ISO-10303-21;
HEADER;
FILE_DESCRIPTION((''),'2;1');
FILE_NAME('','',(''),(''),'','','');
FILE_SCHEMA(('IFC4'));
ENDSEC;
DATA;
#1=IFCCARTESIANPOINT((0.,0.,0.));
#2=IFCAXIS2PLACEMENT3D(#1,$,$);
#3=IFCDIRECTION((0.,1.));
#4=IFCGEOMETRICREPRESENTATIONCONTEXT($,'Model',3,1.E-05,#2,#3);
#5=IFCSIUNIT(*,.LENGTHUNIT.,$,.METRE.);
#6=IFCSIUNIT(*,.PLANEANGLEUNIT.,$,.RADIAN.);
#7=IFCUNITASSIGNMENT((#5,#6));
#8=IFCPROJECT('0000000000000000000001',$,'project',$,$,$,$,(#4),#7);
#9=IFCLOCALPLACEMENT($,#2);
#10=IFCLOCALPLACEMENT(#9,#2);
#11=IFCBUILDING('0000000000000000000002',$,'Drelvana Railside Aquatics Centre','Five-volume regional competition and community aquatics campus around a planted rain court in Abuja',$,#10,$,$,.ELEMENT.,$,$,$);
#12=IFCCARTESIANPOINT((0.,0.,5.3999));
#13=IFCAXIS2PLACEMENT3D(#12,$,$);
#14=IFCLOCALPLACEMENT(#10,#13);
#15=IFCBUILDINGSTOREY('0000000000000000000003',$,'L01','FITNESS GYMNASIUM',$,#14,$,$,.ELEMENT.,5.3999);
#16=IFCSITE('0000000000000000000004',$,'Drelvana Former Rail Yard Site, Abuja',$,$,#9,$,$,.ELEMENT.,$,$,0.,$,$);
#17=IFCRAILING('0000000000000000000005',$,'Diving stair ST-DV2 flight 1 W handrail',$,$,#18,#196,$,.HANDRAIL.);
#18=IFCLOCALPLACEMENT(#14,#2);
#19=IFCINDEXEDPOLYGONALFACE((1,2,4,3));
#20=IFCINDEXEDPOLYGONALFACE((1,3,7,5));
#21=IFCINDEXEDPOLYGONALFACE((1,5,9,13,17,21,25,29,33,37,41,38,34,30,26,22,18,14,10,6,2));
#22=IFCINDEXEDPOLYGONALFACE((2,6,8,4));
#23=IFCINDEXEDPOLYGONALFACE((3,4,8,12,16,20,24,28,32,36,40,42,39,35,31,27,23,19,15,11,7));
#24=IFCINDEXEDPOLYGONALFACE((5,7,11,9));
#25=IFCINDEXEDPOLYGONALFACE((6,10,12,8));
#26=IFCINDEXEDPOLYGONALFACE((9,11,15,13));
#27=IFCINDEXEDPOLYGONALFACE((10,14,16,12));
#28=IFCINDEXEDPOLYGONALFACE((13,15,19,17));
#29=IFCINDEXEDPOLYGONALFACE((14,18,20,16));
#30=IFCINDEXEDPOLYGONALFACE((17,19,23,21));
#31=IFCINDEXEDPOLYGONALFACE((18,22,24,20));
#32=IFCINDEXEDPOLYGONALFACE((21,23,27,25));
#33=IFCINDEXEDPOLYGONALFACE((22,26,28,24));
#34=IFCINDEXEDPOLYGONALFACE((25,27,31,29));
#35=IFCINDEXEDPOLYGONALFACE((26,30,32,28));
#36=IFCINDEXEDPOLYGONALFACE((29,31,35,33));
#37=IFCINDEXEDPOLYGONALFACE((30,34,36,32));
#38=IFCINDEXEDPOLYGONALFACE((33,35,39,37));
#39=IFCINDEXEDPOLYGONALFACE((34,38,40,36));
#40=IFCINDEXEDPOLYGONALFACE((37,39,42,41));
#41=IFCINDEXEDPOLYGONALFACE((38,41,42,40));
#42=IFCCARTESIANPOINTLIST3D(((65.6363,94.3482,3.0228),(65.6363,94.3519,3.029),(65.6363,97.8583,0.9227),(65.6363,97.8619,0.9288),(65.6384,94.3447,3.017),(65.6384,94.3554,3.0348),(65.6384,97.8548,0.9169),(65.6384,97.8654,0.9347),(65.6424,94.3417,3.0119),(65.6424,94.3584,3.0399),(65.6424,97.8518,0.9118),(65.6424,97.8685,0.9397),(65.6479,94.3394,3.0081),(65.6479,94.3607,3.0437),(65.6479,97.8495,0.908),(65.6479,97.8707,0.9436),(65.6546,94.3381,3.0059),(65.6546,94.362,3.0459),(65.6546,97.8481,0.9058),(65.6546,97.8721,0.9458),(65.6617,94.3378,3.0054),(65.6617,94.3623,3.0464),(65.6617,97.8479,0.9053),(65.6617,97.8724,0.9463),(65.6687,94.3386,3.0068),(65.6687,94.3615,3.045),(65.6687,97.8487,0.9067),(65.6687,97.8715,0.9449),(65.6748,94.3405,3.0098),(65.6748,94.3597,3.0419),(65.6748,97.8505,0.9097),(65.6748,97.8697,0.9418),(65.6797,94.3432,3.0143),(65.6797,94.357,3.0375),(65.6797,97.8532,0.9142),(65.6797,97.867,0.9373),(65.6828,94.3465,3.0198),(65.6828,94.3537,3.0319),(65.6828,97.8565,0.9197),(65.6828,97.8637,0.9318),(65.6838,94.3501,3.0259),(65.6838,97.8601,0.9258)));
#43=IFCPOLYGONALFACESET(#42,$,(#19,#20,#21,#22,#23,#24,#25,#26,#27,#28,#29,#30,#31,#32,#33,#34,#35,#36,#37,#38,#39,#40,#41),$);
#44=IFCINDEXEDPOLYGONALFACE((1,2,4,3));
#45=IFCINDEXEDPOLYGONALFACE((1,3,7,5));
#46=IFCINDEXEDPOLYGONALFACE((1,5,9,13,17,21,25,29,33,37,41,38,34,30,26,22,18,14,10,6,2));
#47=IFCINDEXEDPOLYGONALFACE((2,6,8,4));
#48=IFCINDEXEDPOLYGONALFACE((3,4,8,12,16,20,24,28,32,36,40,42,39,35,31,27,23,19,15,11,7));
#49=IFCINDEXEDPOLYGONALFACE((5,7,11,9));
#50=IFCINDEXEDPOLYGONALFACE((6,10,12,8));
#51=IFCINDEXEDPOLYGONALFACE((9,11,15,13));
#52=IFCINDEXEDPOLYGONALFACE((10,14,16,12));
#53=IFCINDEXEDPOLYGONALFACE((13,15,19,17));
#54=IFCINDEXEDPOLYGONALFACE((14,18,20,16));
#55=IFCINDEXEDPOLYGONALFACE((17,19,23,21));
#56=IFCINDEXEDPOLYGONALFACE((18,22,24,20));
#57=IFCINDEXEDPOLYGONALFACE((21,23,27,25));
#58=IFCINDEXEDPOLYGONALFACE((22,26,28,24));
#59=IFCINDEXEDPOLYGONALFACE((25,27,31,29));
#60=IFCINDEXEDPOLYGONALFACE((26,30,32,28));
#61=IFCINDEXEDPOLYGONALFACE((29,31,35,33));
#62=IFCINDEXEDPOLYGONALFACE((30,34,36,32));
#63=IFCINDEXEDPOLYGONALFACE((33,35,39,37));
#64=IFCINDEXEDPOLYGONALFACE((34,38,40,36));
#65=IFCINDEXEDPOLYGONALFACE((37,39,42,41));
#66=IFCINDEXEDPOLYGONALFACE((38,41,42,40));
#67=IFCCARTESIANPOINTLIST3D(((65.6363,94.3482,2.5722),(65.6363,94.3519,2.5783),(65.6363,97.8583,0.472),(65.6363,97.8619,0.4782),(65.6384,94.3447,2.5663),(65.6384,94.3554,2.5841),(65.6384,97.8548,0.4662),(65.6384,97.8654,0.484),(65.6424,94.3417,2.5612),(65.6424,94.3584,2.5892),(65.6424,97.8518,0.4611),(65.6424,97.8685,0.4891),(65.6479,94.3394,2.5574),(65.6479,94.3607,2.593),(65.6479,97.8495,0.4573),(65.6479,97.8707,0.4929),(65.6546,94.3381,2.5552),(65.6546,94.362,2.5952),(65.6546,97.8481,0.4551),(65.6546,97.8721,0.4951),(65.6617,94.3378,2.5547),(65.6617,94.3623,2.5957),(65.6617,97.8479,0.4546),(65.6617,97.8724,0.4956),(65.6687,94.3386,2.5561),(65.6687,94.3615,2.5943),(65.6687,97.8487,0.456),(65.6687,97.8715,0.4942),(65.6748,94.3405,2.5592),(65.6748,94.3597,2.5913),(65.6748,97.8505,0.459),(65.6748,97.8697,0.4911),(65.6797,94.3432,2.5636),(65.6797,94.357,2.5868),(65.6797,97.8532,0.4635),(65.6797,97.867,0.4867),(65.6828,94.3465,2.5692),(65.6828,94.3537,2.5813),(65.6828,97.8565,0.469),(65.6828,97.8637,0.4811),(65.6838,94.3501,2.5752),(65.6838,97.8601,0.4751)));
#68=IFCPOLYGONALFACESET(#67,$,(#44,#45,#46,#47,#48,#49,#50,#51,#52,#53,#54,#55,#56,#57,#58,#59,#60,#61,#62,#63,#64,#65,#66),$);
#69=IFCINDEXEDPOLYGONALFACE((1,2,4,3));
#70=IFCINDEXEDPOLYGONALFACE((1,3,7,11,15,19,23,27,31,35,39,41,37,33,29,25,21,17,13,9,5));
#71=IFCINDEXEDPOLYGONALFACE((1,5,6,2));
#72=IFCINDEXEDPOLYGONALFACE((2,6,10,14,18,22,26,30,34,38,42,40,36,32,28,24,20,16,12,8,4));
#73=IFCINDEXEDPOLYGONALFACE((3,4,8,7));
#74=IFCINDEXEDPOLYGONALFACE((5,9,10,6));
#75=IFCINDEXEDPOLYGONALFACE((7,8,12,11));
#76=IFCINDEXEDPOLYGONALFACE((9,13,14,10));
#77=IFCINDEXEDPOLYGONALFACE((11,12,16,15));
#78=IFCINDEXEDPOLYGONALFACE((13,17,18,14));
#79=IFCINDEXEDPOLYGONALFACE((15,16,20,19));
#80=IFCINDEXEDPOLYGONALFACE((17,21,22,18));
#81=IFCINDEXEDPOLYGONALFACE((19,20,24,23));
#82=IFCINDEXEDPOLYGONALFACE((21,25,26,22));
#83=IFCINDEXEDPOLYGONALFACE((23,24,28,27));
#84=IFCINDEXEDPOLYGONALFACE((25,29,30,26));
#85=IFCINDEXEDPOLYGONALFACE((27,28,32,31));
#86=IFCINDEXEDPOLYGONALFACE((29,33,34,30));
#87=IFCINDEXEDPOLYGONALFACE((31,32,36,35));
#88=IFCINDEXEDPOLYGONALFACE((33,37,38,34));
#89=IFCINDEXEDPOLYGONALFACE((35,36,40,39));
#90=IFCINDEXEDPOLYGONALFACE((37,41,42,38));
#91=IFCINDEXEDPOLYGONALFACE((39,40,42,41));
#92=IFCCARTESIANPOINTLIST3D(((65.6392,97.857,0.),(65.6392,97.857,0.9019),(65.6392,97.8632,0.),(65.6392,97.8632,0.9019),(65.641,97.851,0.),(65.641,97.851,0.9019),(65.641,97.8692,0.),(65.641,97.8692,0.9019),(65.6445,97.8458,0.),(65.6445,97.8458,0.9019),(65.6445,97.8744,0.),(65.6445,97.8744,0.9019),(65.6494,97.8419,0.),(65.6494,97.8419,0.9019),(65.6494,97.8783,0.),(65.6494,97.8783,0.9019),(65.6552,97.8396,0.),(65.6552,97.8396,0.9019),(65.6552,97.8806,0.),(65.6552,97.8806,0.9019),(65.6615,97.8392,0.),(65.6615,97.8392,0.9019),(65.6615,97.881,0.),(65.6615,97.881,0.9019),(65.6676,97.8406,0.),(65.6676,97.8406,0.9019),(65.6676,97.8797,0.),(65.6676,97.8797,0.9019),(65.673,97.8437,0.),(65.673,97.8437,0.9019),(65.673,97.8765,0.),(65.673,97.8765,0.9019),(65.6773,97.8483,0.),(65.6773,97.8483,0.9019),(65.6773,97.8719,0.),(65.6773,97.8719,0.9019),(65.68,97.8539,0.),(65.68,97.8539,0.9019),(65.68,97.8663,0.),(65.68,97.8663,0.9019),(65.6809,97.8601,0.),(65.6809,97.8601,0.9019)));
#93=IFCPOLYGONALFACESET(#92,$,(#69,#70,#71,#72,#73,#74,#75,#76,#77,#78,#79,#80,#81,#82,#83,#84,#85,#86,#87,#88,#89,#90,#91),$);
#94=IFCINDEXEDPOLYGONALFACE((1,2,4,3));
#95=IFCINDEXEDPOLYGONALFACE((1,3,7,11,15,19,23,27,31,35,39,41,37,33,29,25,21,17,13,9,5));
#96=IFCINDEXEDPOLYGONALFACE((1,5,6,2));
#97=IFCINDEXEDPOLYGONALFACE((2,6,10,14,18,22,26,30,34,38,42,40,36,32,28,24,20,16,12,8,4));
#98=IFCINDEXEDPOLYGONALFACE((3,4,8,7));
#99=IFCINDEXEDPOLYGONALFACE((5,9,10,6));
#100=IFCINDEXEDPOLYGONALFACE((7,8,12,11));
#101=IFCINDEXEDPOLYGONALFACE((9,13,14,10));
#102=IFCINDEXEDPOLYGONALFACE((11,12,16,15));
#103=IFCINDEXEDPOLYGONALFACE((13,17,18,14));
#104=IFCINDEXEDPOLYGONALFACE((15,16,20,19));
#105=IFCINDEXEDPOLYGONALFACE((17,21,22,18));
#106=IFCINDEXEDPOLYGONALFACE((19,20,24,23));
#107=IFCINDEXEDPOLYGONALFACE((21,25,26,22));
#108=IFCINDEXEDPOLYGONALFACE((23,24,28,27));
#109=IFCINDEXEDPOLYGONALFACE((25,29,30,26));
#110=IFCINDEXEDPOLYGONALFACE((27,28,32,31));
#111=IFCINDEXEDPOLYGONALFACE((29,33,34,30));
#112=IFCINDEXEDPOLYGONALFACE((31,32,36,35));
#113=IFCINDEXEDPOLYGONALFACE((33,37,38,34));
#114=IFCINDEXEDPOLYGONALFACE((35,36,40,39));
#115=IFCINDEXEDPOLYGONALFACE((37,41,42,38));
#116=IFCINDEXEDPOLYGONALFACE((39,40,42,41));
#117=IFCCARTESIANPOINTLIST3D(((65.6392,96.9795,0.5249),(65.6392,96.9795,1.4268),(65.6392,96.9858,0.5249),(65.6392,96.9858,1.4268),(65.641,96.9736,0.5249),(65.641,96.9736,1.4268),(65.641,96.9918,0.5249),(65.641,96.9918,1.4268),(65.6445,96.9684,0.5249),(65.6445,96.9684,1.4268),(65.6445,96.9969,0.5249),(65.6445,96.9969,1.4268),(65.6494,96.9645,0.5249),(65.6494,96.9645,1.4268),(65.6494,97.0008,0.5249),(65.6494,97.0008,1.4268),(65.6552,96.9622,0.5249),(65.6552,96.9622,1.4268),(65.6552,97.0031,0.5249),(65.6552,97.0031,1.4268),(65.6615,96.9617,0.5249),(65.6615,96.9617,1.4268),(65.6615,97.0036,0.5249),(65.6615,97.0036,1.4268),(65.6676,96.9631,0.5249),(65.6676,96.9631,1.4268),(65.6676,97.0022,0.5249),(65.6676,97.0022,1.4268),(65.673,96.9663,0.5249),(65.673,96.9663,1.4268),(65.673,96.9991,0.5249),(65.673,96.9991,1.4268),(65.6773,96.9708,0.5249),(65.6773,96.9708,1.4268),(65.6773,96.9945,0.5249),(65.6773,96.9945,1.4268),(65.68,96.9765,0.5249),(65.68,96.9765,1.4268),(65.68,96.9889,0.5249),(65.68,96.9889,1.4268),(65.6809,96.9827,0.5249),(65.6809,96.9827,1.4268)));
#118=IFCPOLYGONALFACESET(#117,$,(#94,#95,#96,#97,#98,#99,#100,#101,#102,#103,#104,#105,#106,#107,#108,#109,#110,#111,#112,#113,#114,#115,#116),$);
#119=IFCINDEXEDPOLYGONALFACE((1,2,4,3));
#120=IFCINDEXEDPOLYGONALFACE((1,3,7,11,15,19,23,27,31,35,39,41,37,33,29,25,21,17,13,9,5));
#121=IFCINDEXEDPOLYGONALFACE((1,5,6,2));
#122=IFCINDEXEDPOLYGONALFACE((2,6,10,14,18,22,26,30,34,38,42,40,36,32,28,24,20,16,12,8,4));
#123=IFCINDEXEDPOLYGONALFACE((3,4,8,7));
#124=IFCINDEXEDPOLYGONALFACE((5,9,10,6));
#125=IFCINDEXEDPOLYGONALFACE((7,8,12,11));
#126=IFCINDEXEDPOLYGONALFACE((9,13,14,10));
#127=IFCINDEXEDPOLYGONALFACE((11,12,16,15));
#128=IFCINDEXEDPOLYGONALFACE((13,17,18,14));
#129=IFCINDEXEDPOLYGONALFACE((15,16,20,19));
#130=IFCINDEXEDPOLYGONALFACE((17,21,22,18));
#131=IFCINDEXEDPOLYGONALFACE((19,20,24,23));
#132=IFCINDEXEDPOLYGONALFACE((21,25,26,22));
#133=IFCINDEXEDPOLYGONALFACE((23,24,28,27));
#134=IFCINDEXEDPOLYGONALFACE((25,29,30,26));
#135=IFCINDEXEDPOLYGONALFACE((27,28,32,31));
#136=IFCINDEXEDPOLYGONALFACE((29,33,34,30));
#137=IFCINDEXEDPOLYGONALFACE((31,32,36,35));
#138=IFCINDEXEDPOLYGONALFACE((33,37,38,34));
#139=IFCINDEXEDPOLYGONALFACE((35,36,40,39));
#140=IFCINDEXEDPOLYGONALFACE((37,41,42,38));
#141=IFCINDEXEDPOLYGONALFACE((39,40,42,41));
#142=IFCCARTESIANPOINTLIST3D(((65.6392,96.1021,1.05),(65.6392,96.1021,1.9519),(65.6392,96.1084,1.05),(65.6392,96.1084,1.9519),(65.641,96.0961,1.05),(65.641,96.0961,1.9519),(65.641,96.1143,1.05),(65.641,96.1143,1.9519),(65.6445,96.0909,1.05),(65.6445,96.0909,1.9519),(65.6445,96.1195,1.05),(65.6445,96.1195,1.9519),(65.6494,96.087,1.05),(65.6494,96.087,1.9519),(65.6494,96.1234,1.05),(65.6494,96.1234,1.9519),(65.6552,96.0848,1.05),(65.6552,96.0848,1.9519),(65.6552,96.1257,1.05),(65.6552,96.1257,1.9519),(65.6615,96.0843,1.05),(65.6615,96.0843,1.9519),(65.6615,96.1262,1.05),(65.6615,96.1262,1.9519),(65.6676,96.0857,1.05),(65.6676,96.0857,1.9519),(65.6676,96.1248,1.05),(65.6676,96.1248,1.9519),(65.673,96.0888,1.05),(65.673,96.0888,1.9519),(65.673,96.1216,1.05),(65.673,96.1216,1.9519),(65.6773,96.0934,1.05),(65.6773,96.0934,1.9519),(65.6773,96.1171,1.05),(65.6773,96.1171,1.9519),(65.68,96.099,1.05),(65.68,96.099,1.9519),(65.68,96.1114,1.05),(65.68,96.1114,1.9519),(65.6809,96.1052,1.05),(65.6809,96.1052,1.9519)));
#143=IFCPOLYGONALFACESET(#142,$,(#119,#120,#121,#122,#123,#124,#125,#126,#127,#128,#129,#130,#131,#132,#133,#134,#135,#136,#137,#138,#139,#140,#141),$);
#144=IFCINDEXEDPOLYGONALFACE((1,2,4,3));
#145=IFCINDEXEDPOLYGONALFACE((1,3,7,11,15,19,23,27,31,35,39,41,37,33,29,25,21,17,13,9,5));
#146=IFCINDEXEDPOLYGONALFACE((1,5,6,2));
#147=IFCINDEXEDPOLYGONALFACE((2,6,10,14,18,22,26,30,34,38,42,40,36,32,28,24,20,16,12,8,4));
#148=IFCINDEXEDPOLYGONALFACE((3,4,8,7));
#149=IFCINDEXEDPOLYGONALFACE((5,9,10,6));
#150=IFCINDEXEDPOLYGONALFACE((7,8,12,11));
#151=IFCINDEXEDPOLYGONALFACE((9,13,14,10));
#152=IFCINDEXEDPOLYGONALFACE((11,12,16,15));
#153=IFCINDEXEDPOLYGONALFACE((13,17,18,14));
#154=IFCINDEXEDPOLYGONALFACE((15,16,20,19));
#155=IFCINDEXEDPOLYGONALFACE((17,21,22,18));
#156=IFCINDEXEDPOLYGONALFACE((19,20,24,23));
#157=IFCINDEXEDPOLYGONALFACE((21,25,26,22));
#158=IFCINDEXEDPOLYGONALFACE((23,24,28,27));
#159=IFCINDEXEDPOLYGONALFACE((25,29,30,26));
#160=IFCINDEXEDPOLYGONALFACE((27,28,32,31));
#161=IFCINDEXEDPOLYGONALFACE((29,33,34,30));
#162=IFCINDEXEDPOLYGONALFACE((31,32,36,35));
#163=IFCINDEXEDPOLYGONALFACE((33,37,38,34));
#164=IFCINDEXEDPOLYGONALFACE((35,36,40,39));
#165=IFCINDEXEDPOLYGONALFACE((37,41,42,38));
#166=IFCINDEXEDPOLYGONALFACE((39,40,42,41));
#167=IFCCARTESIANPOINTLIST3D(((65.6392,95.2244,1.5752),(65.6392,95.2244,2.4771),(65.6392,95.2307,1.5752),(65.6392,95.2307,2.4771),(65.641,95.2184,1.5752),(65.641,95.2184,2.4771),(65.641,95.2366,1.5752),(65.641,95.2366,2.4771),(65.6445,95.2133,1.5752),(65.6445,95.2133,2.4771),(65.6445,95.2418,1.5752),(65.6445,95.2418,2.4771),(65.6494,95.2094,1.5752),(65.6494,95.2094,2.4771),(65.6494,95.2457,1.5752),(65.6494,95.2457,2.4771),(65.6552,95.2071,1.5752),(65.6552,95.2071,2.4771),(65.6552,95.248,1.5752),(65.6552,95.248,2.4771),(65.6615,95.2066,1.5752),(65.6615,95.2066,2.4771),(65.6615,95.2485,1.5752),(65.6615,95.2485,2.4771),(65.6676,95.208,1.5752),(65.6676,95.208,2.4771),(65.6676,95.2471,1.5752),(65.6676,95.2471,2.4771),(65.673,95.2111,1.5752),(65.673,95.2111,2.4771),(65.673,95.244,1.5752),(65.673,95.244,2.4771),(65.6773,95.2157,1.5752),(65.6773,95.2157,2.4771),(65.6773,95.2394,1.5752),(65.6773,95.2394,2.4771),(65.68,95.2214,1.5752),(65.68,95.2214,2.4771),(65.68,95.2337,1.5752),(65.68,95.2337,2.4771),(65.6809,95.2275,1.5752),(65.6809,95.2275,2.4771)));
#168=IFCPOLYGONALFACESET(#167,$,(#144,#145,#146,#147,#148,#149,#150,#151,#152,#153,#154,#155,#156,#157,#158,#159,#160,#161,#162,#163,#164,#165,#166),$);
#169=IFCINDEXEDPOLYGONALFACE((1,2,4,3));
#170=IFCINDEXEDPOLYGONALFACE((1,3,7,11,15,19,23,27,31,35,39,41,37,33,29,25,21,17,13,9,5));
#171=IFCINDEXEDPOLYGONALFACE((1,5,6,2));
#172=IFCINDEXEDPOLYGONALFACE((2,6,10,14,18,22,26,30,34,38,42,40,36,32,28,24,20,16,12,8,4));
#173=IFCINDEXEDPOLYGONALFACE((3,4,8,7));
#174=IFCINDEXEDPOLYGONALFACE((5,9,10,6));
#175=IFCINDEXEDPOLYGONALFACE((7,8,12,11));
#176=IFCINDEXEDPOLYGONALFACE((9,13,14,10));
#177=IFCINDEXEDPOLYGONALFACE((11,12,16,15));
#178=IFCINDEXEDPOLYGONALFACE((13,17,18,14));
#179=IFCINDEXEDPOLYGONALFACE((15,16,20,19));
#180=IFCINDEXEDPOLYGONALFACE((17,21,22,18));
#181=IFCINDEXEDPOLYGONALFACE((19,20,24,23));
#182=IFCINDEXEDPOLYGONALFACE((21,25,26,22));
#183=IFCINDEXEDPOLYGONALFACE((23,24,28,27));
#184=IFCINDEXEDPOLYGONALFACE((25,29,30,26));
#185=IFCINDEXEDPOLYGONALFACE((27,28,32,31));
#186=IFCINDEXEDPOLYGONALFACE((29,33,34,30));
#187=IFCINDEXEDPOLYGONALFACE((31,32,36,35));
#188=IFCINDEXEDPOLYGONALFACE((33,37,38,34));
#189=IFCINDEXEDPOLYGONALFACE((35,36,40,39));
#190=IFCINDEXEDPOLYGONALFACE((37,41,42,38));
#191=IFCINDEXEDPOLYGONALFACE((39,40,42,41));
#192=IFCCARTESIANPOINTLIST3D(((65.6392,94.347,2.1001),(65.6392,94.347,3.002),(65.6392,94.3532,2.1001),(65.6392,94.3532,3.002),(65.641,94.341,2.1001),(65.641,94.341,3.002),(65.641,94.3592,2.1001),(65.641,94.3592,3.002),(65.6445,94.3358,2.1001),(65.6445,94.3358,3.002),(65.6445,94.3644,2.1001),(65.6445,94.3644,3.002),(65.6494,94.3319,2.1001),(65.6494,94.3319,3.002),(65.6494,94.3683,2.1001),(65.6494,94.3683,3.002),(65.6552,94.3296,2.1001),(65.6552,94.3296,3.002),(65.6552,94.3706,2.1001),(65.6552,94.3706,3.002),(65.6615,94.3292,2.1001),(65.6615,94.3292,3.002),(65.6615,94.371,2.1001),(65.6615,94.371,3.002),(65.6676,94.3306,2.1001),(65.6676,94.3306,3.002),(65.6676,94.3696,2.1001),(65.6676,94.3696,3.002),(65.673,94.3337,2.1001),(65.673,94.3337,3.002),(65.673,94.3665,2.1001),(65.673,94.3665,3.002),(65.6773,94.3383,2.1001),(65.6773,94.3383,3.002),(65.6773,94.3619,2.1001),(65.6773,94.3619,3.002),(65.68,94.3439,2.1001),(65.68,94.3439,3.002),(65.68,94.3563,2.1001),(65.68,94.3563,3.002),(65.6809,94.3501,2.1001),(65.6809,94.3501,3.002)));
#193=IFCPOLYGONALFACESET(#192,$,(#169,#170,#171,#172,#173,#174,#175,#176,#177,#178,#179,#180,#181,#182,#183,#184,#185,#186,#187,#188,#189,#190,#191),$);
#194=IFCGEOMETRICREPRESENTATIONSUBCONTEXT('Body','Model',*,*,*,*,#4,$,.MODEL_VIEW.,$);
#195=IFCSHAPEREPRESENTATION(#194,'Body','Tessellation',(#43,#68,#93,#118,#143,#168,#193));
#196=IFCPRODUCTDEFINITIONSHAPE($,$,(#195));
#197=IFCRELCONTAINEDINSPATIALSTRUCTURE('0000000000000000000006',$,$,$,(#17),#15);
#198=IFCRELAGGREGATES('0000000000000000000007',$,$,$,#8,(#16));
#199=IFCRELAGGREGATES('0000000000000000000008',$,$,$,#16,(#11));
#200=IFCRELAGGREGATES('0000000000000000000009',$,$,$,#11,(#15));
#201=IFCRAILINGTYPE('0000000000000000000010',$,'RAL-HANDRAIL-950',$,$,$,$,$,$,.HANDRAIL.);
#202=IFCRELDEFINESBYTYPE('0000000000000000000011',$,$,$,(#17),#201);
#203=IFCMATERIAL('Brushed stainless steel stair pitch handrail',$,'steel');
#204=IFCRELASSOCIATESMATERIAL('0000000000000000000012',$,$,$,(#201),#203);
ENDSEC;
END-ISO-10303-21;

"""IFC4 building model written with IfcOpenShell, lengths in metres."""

from ifc_helpers import new_model, si_unit, direction, frame, origin, origin_2d, place, context, subcontext, project, spatial, circle, extrude, material, type_object, element, save


model = new_model("IFC4")

# Units and contexts
model_context = context("Model", 3, precision=1e-05, world=origin(), true_north=direction((0.0, 1.0)))
body_context = subcontext(model_context, "Body", "Model", "MODEL_VIEW")
ifc_project = project(units=[si_unit("LENGTHUNIT", "METRE"), si_unit("PLANEANGLEUNIT", "RADIAN")], contexts=[model_context])

# Site, building, storey
site_placement = place(None, origin())
site = spatial("IfcSite", under=ifc_project, at=site_placement, Name="Drelvana Former Rail Yard Site, Abuja", CompositionType="ELEMENT", RefElevation=0.0)
building_placement = place(site_placement, origin())
building = spatial("IfcBuilding", under=site, at=building_placement, Name="Drelvana Railside Aquatics Centre", Description="Five-volume regional competition and community aquatics campus around a planted rain court in Abuja", CompositionType="ELEMENT")
storey_placement = place(building_placement, frame((0.0, 0.0, 5.3999)))
storey = spatial("IfcBuildingStorey", under=building, at=storey_placement, Name="L01", Description="FITNESS GYMNASIUM", CompositionType="ELEMENT", Elevation=5.3999)

# Railing
ifc_material_1 = material(Name="Brushed stainless steel stair pitch handrail", Category="steel")
railing_type_1 = type_object("IfcRailingType", Name="RAL-HANDRAIL-950", PredefinedType="HANDRAIL", material=ifc_material_1)
for number, where, name in (
    (1, (65.6599, 97.8601, 0.0), "Diving stair ST-DV2 flight 1 W handrail"),
):
    element("IfcRailing", number, at=place(storey_placement, frame(where)), inside=storey, type_object=railing_type_1, Name=name, PredefinedType="HANDRAIL", context=body_context, shape_type="SweptSolid", body=[
        extrude(circle(Radius=0.0239, at=origin_2d()), frame((0.0, 0.0, 0.9258), z_axis=(0.0, -0.85813, 0.513433), x_axis=(1.0, 0.0, 0.0)), (0.0, 0.0, 1.0), 4.0903),
        extrude(circle(Radius=0.0239, at=origin_2d()), frame((0.0, 0.0, 0.4751), z_axis=(0.0, -0.85813, 0.513433), x_axis=(1.0, 0.0, 0.0)), (0.0, 0.0, 1.0), 4.0903),
        extrude(circle(Radius=0.021, at=origin_2d()), origin(), (0.0, 0.0, 1.0), 0.9019),
        extrude(circle(Radius=0.021, at=origin_2d()), frame((0.0, -0.8774, 0.5249)), (0.0, 0.0, 1.0), 0.9019),
        extrude(circle(Radius=0.021, at=origin_2d()), frame((0.0, -1.7549, 1.05)), (0.0, 0.0, 1.0), 0.9019),
        extrude(circle(Radius=0.021, at=origin_2d()), frame((0.0, -2.6326, 1.5752)), (0.0, 0.0, 1.0), 0.9019),
        extrude(circle(Radius=0.021, at=origin_2d()), frame((0.0, -3.51, 2.1001)), (0.0, 0.0, 1.0), 0.9019),
    ])

save(model, "model.ifc")
